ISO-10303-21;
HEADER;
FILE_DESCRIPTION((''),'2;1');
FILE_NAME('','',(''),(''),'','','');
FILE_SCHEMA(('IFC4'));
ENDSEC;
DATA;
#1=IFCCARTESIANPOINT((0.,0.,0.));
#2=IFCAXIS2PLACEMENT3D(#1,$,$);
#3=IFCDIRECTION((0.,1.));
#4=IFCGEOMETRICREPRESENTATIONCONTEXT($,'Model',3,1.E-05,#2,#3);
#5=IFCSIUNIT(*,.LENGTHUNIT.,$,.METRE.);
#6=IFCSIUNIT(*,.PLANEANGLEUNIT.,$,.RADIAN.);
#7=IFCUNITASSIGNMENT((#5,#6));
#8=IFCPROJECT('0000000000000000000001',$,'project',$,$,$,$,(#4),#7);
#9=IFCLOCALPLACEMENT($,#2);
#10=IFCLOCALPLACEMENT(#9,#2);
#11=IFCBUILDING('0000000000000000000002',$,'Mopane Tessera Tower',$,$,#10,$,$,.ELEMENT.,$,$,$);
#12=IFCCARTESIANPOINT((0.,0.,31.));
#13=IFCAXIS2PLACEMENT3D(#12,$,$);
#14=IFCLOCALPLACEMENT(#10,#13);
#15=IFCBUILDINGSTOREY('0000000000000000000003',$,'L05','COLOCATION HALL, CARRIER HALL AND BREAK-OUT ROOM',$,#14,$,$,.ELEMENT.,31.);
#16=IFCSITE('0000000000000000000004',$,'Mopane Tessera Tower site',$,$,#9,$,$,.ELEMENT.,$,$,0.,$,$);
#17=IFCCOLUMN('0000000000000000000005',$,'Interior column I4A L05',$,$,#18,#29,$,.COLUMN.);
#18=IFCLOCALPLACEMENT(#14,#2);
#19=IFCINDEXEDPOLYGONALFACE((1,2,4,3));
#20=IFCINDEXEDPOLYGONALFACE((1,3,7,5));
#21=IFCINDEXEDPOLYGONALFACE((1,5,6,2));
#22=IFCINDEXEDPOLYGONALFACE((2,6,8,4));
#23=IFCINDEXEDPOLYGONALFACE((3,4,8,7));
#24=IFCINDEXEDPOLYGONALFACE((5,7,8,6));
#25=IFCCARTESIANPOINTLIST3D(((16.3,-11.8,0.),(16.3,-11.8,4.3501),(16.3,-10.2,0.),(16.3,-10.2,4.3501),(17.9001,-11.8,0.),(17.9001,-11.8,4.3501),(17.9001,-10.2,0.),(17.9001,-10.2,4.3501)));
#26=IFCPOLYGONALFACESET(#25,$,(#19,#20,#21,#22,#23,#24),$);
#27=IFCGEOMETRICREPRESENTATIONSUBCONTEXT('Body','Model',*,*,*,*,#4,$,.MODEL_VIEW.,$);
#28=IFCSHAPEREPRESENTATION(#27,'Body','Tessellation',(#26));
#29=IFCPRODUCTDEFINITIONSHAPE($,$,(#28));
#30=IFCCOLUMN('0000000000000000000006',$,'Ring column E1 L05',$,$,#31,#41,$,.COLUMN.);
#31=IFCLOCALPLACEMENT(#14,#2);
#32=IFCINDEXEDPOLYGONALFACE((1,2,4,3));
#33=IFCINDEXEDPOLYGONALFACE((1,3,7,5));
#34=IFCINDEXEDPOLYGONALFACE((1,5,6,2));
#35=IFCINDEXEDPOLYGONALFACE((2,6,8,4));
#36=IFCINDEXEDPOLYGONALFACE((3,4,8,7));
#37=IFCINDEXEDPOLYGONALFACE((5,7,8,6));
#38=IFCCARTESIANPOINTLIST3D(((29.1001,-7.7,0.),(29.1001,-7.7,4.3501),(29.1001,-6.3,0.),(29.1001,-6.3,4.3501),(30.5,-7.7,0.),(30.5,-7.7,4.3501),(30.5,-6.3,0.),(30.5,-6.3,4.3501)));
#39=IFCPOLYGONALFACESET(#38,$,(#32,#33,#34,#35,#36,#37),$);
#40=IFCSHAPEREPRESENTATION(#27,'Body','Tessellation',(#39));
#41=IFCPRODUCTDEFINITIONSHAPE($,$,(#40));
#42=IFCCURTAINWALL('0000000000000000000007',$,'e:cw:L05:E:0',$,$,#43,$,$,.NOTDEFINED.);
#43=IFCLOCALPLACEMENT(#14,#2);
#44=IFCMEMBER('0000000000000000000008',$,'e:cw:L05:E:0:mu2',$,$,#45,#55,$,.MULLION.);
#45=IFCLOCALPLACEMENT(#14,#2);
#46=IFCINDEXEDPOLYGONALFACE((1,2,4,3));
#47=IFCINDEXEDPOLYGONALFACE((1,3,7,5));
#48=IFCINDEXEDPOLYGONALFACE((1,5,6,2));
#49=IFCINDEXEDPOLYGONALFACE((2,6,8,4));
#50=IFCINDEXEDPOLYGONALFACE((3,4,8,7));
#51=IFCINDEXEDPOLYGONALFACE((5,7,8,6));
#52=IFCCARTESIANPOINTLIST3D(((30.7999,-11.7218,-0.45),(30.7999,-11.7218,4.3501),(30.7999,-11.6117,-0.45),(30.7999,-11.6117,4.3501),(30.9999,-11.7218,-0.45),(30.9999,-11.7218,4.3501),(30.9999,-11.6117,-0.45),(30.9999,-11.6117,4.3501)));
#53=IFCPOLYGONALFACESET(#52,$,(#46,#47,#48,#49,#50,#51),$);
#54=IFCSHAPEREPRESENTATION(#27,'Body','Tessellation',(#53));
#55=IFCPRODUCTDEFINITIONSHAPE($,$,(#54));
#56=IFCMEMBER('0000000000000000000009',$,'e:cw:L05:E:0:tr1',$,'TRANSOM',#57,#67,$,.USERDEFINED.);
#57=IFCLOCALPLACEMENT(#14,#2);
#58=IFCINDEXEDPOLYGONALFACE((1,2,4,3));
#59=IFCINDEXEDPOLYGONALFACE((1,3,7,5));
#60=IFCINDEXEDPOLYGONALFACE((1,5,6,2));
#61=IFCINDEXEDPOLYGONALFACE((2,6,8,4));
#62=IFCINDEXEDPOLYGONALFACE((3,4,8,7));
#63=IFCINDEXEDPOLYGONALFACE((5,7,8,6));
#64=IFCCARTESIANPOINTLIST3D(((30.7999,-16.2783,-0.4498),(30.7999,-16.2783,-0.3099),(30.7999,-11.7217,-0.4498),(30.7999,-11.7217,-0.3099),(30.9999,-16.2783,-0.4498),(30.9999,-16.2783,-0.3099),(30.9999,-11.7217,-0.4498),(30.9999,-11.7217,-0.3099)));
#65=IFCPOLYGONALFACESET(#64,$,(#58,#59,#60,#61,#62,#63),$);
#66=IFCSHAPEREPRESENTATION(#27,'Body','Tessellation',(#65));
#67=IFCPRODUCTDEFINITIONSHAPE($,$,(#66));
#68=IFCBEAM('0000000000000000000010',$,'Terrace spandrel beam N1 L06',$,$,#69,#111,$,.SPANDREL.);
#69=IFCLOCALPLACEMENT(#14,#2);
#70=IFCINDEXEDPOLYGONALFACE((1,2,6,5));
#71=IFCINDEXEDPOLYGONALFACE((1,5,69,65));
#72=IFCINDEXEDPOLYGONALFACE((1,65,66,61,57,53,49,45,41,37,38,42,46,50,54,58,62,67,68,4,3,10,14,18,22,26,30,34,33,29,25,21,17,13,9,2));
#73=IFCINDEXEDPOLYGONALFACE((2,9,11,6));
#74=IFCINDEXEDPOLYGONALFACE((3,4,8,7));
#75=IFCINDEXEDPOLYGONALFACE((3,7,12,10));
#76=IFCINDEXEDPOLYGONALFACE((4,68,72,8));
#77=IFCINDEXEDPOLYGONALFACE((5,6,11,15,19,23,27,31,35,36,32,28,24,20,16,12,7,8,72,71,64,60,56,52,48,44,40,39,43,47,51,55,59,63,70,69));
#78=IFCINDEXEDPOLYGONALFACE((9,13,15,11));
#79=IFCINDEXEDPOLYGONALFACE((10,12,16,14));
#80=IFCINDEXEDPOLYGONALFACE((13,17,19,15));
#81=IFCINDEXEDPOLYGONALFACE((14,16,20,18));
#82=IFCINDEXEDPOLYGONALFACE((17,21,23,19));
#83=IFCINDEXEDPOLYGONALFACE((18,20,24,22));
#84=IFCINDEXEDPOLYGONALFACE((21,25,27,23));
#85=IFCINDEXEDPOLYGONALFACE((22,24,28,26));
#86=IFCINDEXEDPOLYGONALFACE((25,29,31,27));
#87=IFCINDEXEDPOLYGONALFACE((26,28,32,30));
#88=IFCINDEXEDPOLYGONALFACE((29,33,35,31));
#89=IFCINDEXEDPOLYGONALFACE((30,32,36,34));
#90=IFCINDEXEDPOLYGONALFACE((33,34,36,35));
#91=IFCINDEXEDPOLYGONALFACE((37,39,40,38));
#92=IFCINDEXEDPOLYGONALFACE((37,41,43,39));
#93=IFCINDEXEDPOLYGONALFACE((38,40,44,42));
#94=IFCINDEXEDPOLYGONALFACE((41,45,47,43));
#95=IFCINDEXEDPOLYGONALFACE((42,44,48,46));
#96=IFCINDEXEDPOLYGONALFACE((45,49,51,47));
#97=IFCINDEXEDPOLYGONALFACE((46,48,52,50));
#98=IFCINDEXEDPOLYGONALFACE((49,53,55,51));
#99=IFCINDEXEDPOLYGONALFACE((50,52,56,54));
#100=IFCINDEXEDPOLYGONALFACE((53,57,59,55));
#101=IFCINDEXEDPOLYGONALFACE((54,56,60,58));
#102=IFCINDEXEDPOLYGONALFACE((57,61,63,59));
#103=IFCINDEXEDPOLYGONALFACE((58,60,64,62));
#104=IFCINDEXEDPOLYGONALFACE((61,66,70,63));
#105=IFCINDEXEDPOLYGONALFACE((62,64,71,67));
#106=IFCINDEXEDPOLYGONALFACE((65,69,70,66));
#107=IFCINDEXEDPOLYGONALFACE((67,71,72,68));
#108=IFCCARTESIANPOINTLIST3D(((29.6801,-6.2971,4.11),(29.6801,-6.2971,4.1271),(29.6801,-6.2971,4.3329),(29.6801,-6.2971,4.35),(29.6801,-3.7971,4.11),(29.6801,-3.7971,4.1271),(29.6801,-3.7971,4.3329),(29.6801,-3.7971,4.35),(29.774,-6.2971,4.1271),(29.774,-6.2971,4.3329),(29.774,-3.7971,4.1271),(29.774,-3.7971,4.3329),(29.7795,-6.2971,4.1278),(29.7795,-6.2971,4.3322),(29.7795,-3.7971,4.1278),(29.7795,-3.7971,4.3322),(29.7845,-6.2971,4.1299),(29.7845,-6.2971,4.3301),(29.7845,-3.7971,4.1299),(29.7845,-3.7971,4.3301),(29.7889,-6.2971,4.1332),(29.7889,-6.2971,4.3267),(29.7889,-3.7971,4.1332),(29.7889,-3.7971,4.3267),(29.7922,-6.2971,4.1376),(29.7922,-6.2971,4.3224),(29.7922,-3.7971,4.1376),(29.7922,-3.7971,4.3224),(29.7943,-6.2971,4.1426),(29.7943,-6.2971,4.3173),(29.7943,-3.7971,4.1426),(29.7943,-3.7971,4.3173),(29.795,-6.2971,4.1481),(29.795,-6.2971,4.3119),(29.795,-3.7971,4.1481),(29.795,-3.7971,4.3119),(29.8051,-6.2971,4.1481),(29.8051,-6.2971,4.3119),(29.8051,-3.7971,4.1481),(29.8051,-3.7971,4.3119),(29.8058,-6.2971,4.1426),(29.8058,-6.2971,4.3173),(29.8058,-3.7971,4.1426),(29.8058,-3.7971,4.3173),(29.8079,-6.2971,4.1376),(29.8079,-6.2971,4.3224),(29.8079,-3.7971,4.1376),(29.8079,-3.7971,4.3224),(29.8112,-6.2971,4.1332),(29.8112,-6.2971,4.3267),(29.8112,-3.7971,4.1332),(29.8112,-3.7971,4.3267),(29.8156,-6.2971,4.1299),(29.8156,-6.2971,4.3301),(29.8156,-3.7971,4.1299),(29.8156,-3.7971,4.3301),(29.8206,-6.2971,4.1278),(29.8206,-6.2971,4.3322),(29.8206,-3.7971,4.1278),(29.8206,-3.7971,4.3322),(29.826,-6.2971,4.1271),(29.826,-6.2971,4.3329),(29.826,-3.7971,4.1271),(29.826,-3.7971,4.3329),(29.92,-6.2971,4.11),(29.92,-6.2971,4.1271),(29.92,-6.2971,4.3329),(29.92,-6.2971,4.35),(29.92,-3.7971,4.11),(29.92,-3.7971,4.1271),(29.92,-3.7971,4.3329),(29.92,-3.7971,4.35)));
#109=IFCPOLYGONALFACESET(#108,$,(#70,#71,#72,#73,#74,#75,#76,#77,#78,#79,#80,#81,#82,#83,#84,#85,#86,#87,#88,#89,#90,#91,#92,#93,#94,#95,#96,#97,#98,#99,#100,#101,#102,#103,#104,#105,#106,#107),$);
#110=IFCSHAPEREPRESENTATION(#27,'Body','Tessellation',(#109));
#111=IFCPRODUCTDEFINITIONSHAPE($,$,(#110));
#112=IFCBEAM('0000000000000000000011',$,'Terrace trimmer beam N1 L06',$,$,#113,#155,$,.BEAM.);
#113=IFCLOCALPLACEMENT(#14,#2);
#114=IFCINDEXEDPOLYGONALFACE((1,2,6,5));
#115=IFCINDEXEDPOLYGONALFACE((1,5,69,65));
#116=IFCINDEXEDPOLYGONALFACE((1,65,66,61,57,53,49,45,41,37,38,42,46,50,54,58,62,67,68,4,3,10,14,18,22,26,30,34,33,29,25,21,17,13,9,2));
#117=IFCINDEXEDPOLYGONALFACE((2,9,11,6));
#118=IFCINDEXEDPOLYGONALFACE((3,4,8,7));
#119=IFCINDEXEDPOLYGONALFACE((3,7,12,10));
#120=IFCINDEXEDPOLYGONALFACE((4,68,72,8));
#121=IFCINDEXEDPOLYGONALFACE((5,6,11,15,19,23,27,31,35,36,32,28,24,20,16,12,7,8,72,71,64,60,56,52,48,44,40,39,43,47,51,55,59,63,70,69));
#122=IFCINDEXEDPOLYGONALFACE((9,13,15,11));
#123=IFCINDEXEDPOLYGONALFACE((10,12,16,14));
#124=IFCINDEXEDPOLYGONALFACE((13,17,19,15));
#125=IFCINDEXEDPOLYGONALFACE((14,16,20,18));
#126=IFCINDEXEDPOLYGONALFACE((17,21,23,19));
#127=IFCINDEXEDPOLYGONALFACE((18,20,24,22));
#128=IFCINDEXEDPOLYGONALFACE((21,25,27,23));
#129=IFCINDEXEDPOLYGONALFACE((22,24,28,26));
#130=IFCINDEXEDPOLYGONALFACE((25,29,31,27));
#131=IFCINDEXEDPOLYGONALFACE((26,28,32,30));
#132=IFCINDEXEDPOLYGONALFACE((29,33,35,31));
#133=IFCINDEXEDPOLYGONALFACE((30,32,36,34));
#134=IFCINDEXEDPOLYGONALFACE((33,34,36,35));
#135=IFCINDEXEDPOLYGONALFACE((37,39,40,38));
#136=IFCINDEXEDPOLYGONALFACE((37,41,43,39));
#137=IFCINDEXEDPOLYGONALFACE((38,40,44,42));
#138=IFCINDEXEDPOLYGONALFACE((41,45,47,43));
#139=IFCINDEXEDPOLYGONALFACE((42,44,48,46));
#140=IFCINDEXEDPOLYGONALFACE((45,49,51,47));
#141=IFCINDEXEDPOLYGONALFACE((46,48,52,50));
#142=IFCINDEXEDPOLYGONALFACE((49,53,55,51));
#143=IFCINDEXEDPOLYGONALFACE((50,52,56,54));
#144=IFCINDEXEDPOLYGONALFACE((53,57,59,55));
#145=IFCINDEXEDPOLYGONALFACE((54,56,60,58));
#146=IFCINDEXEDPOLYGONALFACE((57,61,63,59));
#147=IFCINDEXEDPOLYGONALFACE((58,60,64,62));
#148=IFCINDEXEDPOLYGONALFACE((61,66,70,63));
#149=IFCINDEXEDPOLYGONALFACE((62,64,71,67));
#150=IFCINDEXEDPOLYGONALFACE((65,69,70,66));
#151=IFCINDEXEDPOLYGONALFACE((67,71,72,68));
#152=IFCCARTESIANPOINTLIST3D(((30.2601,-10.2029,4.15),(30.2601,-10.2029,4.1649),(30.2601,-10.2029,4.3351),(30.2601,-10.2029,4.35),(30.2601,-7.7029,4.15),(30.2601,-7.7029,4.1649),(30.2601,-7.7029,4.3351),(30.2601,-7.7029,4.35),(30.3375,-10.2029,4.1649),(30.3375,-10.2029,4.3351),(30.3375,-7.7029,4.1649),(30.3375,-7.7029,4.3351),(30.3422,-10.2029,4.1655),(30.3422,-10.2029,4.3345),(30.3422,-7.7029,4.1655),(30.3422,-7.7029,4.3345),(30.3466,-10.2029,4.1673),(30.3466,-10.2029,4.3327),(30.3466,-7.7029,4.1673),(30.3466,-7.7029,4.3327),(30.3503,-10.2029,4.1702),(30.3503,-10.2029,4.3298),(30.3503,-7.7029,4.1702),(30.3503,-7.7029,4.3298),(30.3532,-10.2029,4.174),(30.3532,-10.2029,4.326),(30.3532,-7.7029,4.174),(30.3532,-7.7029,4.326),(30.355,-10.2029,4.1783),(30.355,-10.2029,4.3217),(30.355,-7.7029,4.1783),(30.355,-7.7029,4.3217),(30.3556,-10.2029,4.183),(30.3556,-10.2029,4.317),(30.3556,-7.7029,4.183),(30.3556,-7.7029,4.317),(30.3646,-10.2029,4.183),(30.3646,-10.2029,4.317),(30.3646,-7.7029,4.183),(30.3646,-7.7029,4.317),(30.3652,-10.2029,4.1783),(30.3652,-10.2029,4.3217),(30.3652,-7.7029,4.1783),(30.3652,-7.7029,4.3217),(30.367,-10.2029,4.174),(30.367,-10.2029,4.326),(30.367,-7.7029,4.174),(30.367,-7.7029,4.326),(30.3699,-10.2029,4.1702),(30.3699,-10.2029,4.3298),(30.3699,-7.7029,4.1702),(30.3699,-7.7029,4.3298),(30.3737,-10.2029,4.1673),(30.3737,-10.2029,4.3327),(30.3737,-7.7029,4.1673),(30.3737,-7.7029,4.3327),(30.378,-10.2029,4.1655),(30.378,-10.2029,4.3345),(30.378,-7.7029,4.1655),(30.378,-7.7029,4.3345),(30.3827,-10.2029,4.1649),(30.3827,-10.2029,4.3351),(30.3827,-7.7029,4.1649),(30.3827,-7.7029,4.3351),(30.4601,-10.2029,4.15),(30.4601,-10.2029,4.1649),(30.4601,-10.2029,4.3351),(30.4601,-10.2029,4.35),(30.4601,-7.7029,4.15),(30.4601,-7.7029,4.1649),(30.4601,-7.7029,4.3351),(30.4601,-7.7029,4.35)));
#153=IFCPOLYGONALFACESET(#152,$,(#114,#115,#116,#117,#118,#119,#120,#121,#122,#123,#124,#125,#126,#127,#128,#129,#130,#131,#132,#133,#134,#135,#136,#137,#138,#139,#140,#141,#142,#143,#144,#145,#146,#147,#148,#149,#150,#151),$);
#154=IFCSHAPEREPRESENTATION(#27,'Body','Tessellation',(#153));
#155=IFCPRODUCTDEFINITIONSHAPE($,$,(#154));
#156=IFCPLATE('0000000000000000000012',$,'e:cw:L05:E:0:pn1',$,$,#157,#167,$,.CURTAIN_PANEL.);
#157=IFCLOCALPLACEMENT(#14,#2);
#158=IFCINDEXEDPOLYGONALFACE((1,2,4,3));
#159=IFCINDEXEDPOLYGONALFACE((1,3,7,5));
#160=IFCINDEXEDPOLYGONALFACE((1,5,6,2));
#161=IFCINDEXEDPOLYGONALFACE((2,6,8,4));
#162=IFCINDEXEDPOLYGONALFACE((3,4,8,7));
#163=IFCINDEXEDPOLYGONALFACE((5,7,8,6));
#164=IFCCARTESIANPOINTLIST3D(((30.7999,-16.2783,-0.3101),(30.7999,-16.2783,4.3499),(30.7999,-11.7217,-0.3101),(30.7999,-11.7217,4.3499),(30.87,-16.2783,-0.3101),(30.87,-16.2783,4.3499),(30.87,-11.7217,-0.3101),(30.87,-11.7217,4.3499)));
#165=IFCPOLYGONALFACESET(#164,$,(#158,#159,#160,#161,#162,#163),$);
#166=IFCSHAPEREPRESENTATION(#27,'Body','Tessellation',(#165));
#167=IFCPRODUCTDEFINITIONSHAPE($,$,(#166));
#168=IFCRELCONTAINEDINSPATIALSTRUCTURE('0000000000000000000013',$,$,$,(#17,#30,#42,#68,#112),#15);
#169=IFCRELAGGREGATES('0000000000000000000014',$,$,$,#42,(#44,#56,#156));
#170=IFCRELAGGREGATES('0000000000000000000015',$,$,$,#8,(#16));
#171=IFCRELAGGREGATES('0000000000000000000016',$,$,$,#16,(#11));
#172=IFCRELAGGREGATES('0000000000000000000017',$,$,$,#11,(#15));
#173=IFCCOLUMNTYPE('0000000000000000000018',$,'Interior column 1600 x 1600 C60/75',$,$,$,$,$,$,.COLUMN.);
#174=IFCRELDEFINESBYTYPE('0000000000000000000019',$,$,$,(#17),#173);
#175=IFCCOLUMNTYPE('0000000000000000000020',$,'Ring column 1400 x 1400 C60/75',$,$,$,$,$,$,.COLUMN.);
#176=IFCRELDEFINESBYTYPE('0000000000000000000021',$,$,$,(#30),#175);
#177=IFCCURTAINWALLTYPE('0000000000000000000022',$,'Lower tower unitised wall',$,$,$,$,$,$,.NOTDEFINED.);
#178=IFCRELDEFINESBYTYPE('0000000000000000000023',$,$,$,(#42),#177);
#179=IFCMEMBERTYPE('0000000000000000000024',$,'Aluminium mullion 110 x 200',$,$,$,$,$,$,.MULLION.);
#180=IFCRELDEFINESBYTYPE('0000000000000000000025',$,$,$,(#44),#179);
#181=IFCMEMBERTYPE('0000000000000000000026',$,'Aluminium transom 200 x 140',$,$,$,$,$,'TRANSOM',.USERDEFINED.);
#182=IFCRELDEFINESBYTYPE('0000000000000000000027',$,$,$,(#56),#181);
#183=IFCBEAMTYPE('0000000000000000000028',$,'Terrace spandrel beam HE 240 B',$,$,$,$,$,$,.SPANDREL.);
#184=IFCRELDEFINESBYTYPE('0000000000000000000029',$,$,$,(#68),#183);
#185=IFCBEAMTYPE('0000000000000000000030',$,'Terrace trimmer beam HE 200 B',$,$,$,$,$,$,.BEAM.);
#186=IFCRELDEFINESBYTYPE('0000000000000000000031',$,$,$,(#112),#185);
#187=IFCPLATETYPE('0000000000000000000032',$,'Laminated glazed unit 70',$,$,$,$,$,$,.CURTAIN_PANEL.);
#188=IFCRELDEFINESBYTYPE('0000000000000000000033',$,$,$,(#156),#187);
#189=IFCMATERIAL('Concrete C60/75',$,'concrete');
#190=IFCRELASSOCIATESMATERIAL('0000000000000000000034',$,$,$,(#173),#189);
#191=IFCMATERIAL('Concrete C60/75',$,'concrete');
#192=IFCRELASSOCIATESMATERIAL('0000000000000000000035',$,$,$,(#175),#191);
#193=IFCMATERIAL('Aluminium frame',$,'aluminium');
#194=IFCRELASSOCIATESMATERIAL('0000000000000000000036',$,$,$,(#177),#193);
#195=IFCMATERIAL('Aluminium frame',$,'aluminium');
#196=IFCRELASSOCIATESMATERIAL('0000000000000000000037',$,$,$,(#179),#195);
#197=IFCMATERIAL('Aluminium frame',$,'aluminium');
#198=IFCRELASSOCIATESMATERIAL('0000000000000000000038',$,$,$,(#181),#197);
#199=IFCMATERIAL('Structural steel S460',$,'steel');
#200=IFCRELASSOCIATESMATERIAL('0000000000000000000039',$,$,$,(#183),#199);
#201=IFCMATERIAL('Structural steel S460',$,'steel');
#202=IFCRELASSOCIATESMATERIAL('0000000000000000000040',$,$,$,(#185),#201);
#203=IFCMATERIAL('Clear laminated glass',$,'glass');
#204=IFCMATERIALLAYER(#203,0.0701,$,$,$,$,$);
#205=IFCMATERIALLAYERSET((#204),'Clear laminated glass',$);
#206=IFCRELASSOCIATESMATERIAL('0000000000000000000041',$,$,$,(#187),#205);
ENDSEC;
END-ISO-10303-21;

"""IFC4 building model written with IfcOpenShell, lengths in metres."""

from ifc_helpers import new_model, si_unit, direction, frame, origin, origin_2d, place, context, subcontext, project, spatial, rectangle, i_section, extrude, material, layer, layer_set, material_profile, profile_set, type_object, element, aggregate, save


model = new_model("IFC4")

# Units and contexts
model_context = context("Model", 3, precision=1e-05, world=origin(), true_north=direction((0.0, 1.0)))
body_context = subcontext(model_context, "Body", "Model", "MODEL_VIEW")
ifc_project = project(units=[si_unit("LENGTHUNIT", "METRE"), si_unit("PLANEANGLEUNIT", "RADIAN")], contexts=[model_context])

# Site, building, storey
site_placement = place(None, origin())
site = spatial("IfcSite", under=ifc_project, at=site_placement, Name="Mopane Tessera Tower site", CompositionType="ELEMENT", RefElevation=0.0)
building_placement = place(site_placement, origin())
building = spatial("IfcBuilding", under=site, at=building_placement, Name="Mopane Tessera Tower", CompositionType="ELEMENT")
storey_placement = place(building_placement, frame((0.0, 0.0, 31.0)))
storey = spatial("IfcBuildingStorey", under=building, at=storey_placement, Name="L05", Description="COLOCATION HALL, CARRIER HALL AND BREAK-OUT ROOM", CompositionType="ELEMENT", Elevation=31.0)

# Columns
ifc_material_1 = material(Name="Concrete C60/75", Category="concrete")
ifc_material_profile_1 = material_profile(ifc_material_1, rectangle(XDim=1.6001, YDim=1.6001, at=origin_2d()))
ifc_profile_set_1 = profile_set([ifc_material_profile_1], Name="Concrete C60/75")
column_type_1 = type_object("IfcColumnType", Name="Interior column 1600 x 1600 C60/75", PredefinedType="COLUMN", material=ifc_profile_set_1)
column_1_placement = place(storey_placement, frame((17.1001, -11.0, 0.0), z_axis=(0.0, 0.0, 1.0), x_axis=(1.0, 0.0, 0.0)))
element("IfcColumn", 1, at=column_1_placement, inside=storey, type_object=column_type_1, Name="Interior column I4A L05", PredefinedType="COLUMN", context=body_context, shape_type="SweptSolid", body=[
    extrude(rectangle(XDim=1.6001, YDim=1.6001, at=origin_2d()), origin(), (0.0, 0.0, 1.0), 4.3501),
])
ifc_material_2 = material(Name="Concrete C60/75", Category="concrete")
ifc_material_profile_2 = material_profile(ifc_material_2, rectangle(XDim=1.3999, YDim=1.3999, at=origin_2d()))
ifc_profile_set_2 = profile_set([ifc_material_profile_2], Name="Concrete C60/75")
column_type_2 = type_object("IfcColumnType", Name="Ring column 1400 x 1400 C60/75", PredefinedType="COLUMN", material=ifc_profile_set_2)
column_2_placement = place(storey_placement, frame((29.8, -7.0, 0.0), z_axis=(0.0, 0.0, 1.0), x_axis=(1.0, 0.0, 0.0)))
element("IfcColumn", 2, at=column_2_placement, inside=storey, type_object=column_type_2, Name="Ring column E1 L05", PredefinedType="COLUMN", context=body_context, shape_type="SweptSolid", body=[
    extrude(rectangle(XDim=1.3999, YDim=1.3999, at=origin_2d()), origin(), (0.0, 0.0, 1.0), 4.3501),
])

# Curtain wall, members
ifc_material_3 = material(Name="Aluminium frame", Category="aluminium")
curtain_wall_type = type_object("IfcCurtainWallType", Name="Lower tower unitised wall", PredefinedType="NOTDEFINED", material=ifc_material_3)
curtain_wall_placement = place(storey_placement, origin())
curtain_wall = element("IfcCurtainWall", 3, at=curtain_wall_placement, inside=storey, type_object=curtain_wall_type, Name="e:cw:L05:E:0", PredefinedType="NOTDEFINED")
ifc_material_4 = material(Name="Aluminium frame", Category="aluminium")
ifc_material_profile_3 = material_profile(ifc_material_4, rectangle(XDim=0.1101, YDim=0.2, at=origin_2d()))
ifc_profile_set_3 = profile_set([ifc_material_profile_3], Name="Aluminium frame")
member_type_1 = type_object("IfcMemberType", Name="Aluminium mullion 110 x 200", PredefinedType="MULLION", material=ifc_profile_set_3)
member_1_placement = place(storey_placement, frame((30.8999, -11.6667, -0.45), z_axis=(0.0, 0.0, 1.0), x_axis=(0.0, 1.0, 0.0)))
member_1 = element("IfcMember", 4, at=member_1_placement, type_object=member_type_1, Name="e:cw:L05:E:0:mu2", PredefinedType="MULLION", context=body_context, shape_type="SweptSolid", body=[
    extrude(rectangle(XDim=0.1101, YDim=0.2, at=origin_2d()), origin(), (0.0, 0.0, 1.0), 4.8),
])
ifc_material_5 = material(Name="Aluminium frame", Category="aluminium")
ifc_material_profile_4 = material_profile(ifc_material_5, rectangle(XDim=0.2, YDim=0.1399, at=origin_2d()))
ifc_profile_set_4 = profile_set([ifc_material_profile_4], Name="Aluminium frame")
member_type_2 = type_object("IfcMemberType", Name="Aluminium transom 200 x 140", ElementType="TRANSOM", PredefinedType="USERDEFINED", material=ifc_profile_set_4)
member_2_placement = place(storey_placement, frame((30.8999, -16.2783, -0.3799), z_axis=(0.0, 1.0, 0.0), x_axis=(-1.0, 0.0, 0.0)))
member_2 = element("IfcMember", 5, at=member_2_placement, type_object=member_type_2, Name="e:cw:L05:E:0:tr1", ObjectType="TRANSOM", PredefinedType="USERDEFINED", context=body_context, shape_type="SweptSolid", body=[
    extrude(rectangle(XDim=0.2, YDim=0.1399, at=origin_2d()), origin(), (0.0, 0.0, 1.0), 4.5566),
])

# Beams
ifc_material_6 = material(Name="Structural steel S460", Category="steel")
ifc_material_profile_5 = material_profile(ifc_material_6, i_section(OverallWidth=0.24, OverallDepth=0.24, WebThickness=0.01, FlangeThickness=0.0171, FilletRadius=0.021, at=origin_2d()))
ifc_profile_set_5 = profile_set([ifc_material_profile_5], Name="Structural steel S460")
beam_type_1 = type_object("IfcBeamType", Name="Terrace spandrel beam HE 240 B", PredefinedType="SPANDREL", material=ifc_profile_set_5)
beam_1_placement = place(storey_placement, frame((29.8, -6.2971, 4.23), z_axis=(0.0, 1.0, 0.0), x_axis=(-1.0, 0.0, 0.0)))
element("IfcBeam", 6, at=beam_1_placement, inside=storey, type_object=beam_type_1, Name="Terrace spandrel beam N1 L06", PredefinedType="SPANDREL", context=body_context, shape_type="SweptSolid", body=[
    extrude(i_section(OverallWidth=0.24, OverallDepth=0.24, WebThickness=0.01, FlangeThickness=0.0171, FilletRadius=0.021, at=origin_2d()), origin(), (0.0, 0.0, 1.0), 2.5),
])
ifc_material_7 = material(Name="Structural steel S460", Category="steel")
ifc_material_profile_6 = material_profile(ifc_material_7, i_section(OverallWidth=0.2, OverallDepth=0.2, WebThickness=0.009, FlangeThickness=0.0149, FilletRadius=0.0181, at=origin_2d()))
ifc_profile_set_6 = profile_set([ifc_material_profile_6], Name="Structural steel S460")
beam_type_2 = type_object("IfcBeamType", Name="Terrace trimmer beam HE 200 B", PredefinedType="BEAM", material=ifc_profile_set_6)
beam_2_placement = place(storey_placement, frame((30.3601, -7.7029, 4.25), z_axis=(0.0, -1.0, 0.0), x_axis=(1.0, 0.0, 0.0)))
element("IfcBeam", 7, at=beam_2_placement, inside=storey, type_object=beam_type_2, Name="Terrace trimmer beam N1 L06", PredefinedType="BEAM", context=body_context, shape_type="SweptSolid", body=[
    extrude(i_section(OverallWidth=0.2, OverallDepth=0.2, WebThickness=0.009, FlangeThickness=0.0149, FilletRadius=0.0181, at=origin_2d()), origin(), (0.0, 0.0, 1.0), 2.5),
])

# Plate
ifc_material_8 = material(Name="Clear laminated glass", Category="glass")
ifc_layer_1 = layer(ifc_material_8, 0.0701)
ifc_layer_set_1 = layer_set([ifc_layer_1], Name="Clear laminated glass")
plate_type = type_object("IfcPlateType", Name="Laminated glazed unit 70", PredefinedType="CURTAIN_PANEL", material=ifc_layer_set_1)
plate_placement = place(storey_placement, frame((30.835, -14.0, -0.3101), z_axis=(0.0, 0.0, 1.0), x_axis=(0.0, 1.0, 0.0)))
plate = element("IfcPlate", 8, at=plate_placement, type_object=plate_type, Name="e:cw:L05:E:0:pn1", PredefinedType="CURTAIN_PANEL", context=body_context, shape_type="SweptSolid", body=[
    extrude(rectangle(XDim=4.5566, YDim=0.0701, at=origin_2d()), origin(), (0.0, 0.0, 1.0), 4.6599),
])
aggregate(curtain_wall, [member_1, member_2, plate])

save(model, "model.ifc")
